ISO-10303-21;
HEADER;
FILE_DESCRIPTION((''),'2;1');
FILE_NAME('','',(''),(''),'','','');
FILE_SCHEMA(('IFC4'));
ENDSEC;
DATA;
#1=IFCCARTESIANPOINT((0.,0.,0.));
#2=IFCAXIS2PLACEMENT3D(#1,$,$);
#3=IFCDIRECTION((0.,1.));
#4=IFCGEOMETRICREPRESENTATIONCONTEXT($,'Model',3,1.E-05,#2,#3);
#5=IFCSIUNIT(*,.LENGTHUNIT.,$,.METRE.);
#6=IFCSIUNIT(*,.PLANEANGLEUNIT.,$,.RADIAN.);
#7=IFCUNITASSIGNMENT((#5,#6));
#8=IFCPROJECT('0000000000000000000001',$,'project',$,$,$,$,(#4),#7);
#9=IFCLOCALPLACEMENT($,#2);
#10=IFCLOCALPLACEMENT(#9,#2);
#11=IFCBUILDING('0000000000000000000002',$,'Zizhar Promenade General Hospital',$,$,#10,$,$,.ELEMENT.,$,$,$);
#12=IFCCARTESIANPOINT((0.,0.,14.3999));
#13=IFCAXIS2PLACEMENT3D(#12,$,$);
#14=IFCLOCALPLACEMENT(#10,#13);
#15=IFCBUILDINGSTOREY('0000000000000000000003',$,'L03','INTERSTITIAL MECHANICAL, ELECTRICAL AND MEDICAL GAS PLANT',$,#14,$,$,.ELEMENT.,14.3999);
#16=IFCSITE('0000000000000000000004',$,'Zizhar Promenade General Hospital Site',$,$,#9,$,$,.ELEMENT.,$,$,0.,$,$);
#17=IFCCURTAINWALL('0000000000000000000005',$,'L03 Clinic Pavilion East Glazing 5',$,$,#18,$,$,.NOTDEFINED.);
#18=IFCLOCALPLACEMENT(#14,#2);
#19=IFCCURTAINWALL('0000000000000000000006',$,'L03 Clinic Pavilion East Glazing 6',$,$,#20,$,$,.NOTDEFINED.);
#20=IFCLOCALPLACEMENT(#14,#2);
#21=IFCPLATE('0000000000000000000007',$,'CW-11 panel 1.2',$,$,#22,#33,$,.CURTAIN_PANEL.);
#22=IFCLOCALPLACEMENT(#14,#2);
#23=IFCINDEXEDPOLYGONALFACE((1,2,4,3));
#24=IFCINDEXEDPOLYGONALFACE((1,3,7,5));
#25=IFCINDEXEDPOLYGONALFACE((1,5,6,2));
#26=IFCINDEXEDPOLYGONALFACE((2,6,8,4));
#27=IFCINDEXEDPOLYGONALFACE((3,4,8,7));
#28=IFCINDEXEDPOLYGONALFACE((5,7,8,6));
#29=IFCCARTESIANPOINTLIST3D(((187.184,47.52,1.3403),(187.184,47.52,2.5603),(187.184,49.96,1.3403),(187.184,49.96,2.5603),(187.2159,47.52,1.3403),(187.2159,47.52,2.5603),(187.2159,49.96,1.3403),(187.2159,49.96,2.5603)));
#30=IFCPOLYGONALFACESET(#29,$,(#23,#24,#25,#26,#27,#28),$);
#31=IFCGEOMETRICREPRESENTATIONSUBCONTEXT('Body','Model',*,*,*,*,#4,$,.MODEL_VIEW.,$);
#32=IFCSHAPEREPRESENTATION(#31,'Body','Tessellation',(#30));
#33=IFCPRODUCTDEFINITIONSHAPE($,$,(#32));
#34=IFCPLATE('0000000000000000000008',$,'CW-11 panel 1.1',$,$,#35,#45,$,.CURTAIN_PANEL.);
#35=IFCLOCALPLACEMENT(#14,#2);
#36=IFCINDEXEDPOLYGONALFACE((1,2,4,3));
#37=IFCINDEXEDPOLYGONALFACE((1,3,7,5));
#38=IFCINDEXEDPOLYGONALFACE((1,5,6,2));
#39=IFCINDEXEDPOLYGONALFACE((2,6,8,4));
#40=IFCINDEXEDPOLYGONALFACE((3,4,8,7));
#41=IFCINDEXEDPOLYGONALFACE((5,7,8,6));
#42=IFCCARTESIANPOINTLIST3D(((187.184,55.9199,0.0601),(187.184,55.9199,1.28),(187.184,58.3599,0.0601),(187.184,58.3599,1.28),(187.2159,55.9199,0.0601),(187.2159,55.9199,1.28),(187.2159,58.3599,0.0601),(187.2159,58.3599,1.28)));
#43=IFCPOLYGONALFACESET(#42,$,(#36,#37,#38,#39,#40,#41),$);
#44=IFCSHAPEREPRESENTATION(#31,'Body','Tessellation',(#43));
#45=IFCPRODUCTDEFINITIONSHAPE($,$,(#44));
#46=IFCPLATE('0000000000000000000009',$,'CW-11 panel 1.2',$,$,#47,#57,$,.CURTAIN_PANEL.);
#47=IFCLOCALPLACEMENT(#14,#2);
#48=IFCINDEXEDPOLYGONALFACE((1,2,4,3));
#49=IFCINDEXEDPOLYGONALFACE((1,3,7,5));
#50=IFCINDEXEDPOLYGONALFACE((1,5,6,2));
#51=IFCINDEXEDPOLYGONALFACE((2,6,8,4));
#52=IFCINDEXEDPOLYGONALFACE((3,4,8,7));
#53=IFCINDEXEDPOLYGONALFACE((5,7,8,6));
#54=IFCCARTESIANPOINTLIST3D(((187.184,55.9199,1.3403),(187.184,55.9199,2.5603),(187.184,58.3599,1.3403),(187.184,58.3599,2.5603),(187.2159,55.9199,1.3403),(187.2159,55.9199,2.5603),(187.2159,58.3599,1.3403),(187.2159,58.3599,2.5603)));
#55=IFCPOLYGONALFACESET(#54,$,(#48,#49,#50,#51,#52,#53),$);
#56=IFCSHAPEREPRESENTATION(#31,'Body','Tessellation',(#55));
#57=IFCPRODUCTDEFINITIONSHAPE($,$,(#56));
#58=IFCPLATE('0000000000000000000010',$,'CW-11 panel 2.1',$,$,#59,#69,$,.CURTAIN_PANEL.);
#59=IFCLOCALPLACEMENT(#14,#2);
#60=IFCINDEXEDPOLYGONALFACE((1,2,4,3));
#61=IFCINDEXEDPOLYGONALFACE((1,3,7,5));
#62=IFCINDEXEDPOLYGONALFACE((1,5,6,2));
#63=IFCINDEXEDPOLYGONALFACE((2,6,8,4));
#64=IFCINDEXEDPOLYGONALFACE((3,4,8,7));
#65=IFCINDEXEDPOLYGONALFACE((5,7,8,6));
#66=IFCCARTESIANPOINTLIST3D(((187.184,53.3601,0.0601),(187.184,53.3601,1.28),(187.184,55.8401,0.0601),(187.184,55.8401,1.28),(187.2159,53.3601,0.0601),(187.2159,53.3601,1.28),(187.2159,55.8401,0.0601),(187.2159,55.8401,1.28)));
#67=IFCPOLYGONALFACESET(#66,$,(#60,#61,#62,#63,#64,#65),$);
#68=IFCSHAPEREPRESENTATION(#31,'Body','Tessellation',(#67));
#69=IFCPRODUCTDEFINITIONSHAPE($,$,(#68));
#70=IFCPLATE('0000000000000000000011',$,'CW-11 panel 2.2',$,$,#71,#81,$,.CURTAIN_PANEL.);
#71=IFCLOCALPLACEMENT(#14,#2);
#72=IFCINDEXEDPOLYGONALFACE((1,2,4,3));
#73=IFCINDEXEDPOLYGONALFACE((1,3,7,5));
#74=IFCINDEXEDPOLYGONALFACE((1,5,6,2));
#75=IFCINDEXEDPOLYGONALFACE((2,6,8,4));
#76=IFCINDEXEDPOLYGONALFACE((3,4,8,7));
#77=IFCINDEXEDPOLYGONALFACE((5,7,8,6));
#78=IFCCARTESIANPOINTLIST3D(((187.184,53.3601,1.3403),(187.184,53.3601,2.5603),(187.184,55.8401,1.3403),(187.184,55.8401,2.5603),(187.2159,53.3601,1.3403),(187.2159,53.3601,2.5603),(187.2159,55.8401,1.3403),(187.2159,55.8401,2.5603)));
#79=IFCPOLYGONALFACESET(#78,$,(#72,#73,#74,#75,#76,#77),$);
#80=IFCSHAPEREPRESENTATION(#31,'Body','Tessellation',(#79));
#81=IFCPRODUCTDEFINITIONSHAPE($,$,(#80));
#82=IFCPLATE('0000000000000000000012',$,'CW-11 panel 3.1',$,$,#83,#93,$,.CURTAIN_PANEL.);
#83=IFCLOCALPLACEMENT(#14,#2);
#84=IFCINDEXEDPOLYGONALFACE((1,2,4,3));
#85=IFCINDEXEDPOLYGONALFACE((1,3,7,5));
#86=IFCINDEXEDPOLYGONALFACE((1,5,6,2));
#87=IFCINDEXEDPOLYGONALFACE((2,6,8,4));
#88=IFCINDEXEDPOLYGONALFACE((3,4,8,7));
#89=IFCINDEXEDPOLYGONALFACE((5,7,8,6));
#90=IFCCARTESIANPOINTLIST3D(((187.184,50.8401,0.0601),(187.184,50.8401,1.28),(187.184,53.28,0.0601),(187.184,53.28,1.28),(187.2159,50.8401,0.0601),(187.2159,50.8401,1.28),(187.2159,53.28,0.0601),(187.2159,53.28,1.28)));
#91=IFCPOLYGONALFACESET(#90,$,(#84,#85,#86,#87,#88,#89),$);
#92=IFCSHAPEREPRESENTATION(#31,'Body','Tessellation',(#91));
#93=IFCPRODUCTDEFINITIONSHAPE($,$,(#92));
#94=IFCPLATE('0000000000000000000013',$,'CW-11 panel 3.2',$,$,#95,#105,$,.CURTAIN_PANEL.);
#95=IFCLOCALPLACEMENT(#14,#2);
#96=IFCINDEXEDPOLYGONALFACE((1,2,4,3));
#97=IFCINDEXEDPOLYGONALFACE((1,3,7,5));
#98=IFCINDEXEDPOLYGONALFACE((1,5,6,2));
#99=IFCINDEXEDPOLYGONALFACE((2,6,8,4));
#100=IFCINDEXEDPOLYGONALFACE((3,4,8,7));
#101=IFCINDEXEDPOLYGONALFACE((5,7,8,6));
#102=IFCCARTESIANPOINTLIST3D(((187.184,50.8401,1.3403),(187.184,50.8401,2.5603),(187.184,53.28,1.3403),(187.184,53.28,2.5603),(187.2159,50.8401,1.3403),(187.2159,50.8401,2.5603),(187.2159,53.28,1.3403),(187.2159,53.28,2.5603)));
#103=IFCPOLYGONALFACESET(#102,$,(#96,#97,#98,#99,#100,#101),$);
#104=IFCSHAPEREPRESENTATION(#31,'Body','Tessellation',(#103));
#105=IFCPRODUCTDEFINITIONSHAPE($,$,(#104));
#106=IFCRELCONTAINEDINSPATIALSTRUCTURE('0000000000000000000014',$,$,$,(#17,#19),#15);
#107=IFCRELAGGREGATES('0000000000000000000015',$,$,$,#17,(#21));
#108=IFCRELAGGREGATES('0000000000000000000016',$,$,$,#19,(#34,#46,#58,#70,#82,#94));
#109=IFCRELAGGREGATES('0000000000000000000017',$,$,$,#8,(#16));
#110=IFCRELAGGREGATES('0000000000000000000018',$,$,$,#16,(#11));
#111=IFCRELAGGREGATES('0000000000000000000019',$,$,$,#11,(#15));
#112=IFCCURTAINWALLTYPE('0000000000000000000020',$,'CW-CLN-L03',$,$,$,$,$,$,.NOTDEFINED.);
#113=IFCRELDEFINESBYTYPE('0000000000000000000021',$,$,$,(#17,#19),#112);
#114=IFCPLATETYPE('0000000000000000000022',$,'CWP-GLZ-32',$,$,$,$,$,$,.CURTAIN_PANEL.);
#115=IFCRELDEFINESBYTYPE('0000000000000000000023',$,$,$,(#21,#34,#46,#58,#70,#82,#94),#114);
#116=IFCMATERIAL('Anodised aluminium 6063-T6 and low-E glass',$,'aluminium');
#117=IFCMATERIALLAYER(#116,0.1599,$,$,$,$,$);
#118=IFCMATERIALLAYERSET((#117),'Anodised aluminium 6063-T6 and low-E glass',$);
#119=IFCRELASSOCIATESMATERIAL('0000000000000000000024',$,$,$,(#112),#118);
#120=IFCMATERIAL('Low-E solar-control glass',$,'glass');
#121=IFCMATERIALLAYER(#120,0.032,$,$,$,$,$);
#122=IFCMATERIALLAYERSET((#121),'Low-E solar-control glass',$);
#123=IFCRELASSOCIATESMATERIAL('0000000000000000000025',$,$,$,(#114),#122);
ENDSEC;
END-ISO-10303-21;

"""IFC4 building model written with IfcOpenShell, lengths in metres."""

from ifc_helpers import new_model, si_unit, direction, frame, origin, origin_2d, place, context, subcontext, project, spatial, rectangle, extrude, material, layer, layer_set, type_object, element, aggregate, save


model = new_model("IFC4")

# Units and contexts
model_context = context("Model", 3, precision=1e-05, world=origin(), true_north=direction((0.0, 1.0)))
body_context = subcontext(model_context, "Body", "Model", "MODEL_VIEW")
ifc_project = project(units=[si_unit("LENGTHUNIT", "METRE"), si_unit("PLANEANGLEUNIT", "RADIAN")], contexts=[model_context])

# Site, building, storey
site_placement = place(None, origin())
site = spatial("IfcSite", under=ifc_project, at=site_placement, Name="Zizhar Promenade General Hospital Site", CompositionType="ELEMENT", RefElevation=0.0)
building_placement = place(site_placement, origin())
building = spatial("IfcBuilding", under=site, at=building_placement, Name="Zizhar Promenade General Hospital", CompositionType="ELEMENT")
storey_placement = place(building_placement, frame((0.0, 0.0, 14.3999)))
storey = spatial("IfcBuildingStorey", under=building, at=storey_placement, Name="L03", Description="INTERSTITIAL MECHANICAL, ELECTRICAL AND MEDICAL GAS PLANT", CompositionType="ELEMENT", Elevation=14.3999)

# Curtain walls
ifc_material_1 = material(Name="Anodised aluminium 6063-T6 and low-E glass", Category="aluminium")
ifc_layer_1 = layer(ifc_material_1, 0.1599)
ifc_layer_set_1 = layer_set([ifc_layer_1], Name="Anodised aluminium 6063-T6 and low-E glass")
curtain_wall_type = type_object("IfcCurtainWallType", Name="CW-CLN-L03", PredefinedType="NOTDEFINED", material=ifc_layer_set_1)
curtain_wall_1_placement = place(storey_placement, origin())
curtain_wall_1 = element("IfcCurtainWall", 1, at=curtain_wall_1_placement, inside=storey, type_object=curtain_wall_type, Name="L03 Clinic Pavilion East Glazing 5", PredefinedType="NOTDEFINED")
curtain_wall_2_placement = place(storey_placement, origin())
curtain_wall_2 = element("IfcCurtainWall", 2, at=curtain_wall_2_placement, inside=storey, type_object=curtain_wall_type, Name="L03 Clinic Pavilion East Glazing 6", PredefinedType="NOTDEFINED")

# Plates
ifc_material_2 = material(Name="Low-E solar-control glass", Category="glass")
ifc_layer_2 = layer(ifc_material_2, 0.032)
ifc_layer_set_2 = layer_set([ifc_layer_2], Name="Low-E solar-control glass")
plate_type = type_object("IfcPlateType", Name="CWP-GLZ-32", PredefinedType="CURTAIN_PANEL", material=ifc_layer_set_2)
plate_1_placement = place(storey_placement, frame((187.2, 48.74, 1.3403), z_axis=(0.0, 0.0, 1.0), x_axis=(0.0, -1.0, 0.0)))
plate_1 = element("IfcPlate", 3, at=plate_1_placement, type_object=plate_type, Name="CW-11 panel 1.2", PredefinedType="CURTAIN_PANEL", context=body_context, shape_type="SweptSolid", body=[
    extrude(rectangle(XDim=2.4399, YDim=0.032, at=origin_2d()), origin(), (0.0, 0.0, 1.0), 1.22),
])
aggregate(curtain_wall_1, [plate_1])
plate_2_placement = place(storey_placement, frame((187.2, 57.1399, 0.0601), z_axis=(0.0, 0.0, 1.0), x_axis=(0.0, -1.0, 0.0)))
plate_2 = element("IfcPlate", 4, at=plate_2_placement, type_object=plate_type, Name="CW-11 panel 1.1", PredefinedType="CURTAIN_PANEL", context=body_context, shape_type="SweptSolid", body=[
    extrude(rectangle(XDim=2.4399, YDim=0.032, at=origin_2d()), origin(), (0.0, 0.0, 1.0), 1.22),
])
plate_3_placement = place(storey_placement, frame((187.2, 57.1399, 1.3403), z_axis=(0.0, 0.0, 1.0), x_axis=(0.0, -1.0, 0.0)))
plate_3 = element("IfcPlate", 5, at=plate_3_placement, type_object=plate_type, Name="CW-11 panel 1.2", PredefinedType="CURTAIN_PANEL", context=body_context, shape_type="SweptSolid", body=[
    extrude(rectangle(XDim=2.4399, YDim=0.032, at=origin_2d()), origin(), (0.0, 0.0, 1.0), 1.22),
])
plate_4_placement = place(storey_placement, frame((187.2, 54.6001, 0.0601), z_axis=(0.0, 0.0, 1.0), x_axis=(0.0, -1.0, 0.0)))
plate_4 = element("IfcPlate", 6, at=plate_4_placement, type_object=plate_type, Name="CW-11 panel 2.1", PredefinedType="CURTAIN_PANEL", context=body_context, shape_type="SweptSolid", body=[
    extrude(rectangle(XDim=2.48, YDim=0.032, at=origin_2d()), origin(), (0.0, 0.0, 1.0), 1.22),
])
plate_5_placement = place(storey_placement, frame((187.2, 54.6001, 1.3403), z_axis=(0.0, 0.0, 1.0), x_axis=(0.0, -1.0, 0.0)))
plate_5 = element("IfcPlate", 7, at=plate_5_placement, type_object=plate_type, Name="CW-11 panel 2.2", PredefinedType="CURTAIN_PANEL", context=body_context, shape_type="SweptSolid", body=[
    extrude(rectangle(XDim=2.48, YDim=0.032, at=origin_2d()), origin(), (0.0, 0.0, 1.0), 1.22),
])
plate_6_placement = place(storey_placement, frame((187.2, 52.0601, 0.0601), z_axis=(0.0, 0.0, 1.0), x_axis=(0.0, -1.0, 0.0)))
plate_6 = element("IfcPlate", 8, at=plate_6_placement, type_object=plate_type, Name="CW-11 panel 3.1", PredefinedType="CURTAIN_PANEL", context=body_context, shape_type="SweptSolid", body=[
    extrude(rectangle(XDim=2.4399, YDim=0.032, at=origin_2d()), origin(), (0.0, 0.0, 1.0), 1.22),
])
plate_7_placement = place(storey_placement, frame((187.2, 52.0601, 1.3403), z_axis=(0.0, 0.0, 1.0), x_axis=(0.0, -1.0, 0.0)))
plate_7 = element("IfcPlate", 9, at=plate_7_placement, type_object=plate_type, Name="CW-11 panel 3.2", PredefinedType="CURTAIN_PANEL", context=body_context, shape_type="SweptSolid", body=[
    extrude(rectangle(XDim=2.4399, YDim=0.032, at=origin_2d()), origin(), (0.0, 0.0, 1.0), 1.22),
])
aggregate(curtain_wall_2, [plate_2, plate_3, plate_4, plate_5, plate_6, plate_7])

save(model, "model.ifc")
